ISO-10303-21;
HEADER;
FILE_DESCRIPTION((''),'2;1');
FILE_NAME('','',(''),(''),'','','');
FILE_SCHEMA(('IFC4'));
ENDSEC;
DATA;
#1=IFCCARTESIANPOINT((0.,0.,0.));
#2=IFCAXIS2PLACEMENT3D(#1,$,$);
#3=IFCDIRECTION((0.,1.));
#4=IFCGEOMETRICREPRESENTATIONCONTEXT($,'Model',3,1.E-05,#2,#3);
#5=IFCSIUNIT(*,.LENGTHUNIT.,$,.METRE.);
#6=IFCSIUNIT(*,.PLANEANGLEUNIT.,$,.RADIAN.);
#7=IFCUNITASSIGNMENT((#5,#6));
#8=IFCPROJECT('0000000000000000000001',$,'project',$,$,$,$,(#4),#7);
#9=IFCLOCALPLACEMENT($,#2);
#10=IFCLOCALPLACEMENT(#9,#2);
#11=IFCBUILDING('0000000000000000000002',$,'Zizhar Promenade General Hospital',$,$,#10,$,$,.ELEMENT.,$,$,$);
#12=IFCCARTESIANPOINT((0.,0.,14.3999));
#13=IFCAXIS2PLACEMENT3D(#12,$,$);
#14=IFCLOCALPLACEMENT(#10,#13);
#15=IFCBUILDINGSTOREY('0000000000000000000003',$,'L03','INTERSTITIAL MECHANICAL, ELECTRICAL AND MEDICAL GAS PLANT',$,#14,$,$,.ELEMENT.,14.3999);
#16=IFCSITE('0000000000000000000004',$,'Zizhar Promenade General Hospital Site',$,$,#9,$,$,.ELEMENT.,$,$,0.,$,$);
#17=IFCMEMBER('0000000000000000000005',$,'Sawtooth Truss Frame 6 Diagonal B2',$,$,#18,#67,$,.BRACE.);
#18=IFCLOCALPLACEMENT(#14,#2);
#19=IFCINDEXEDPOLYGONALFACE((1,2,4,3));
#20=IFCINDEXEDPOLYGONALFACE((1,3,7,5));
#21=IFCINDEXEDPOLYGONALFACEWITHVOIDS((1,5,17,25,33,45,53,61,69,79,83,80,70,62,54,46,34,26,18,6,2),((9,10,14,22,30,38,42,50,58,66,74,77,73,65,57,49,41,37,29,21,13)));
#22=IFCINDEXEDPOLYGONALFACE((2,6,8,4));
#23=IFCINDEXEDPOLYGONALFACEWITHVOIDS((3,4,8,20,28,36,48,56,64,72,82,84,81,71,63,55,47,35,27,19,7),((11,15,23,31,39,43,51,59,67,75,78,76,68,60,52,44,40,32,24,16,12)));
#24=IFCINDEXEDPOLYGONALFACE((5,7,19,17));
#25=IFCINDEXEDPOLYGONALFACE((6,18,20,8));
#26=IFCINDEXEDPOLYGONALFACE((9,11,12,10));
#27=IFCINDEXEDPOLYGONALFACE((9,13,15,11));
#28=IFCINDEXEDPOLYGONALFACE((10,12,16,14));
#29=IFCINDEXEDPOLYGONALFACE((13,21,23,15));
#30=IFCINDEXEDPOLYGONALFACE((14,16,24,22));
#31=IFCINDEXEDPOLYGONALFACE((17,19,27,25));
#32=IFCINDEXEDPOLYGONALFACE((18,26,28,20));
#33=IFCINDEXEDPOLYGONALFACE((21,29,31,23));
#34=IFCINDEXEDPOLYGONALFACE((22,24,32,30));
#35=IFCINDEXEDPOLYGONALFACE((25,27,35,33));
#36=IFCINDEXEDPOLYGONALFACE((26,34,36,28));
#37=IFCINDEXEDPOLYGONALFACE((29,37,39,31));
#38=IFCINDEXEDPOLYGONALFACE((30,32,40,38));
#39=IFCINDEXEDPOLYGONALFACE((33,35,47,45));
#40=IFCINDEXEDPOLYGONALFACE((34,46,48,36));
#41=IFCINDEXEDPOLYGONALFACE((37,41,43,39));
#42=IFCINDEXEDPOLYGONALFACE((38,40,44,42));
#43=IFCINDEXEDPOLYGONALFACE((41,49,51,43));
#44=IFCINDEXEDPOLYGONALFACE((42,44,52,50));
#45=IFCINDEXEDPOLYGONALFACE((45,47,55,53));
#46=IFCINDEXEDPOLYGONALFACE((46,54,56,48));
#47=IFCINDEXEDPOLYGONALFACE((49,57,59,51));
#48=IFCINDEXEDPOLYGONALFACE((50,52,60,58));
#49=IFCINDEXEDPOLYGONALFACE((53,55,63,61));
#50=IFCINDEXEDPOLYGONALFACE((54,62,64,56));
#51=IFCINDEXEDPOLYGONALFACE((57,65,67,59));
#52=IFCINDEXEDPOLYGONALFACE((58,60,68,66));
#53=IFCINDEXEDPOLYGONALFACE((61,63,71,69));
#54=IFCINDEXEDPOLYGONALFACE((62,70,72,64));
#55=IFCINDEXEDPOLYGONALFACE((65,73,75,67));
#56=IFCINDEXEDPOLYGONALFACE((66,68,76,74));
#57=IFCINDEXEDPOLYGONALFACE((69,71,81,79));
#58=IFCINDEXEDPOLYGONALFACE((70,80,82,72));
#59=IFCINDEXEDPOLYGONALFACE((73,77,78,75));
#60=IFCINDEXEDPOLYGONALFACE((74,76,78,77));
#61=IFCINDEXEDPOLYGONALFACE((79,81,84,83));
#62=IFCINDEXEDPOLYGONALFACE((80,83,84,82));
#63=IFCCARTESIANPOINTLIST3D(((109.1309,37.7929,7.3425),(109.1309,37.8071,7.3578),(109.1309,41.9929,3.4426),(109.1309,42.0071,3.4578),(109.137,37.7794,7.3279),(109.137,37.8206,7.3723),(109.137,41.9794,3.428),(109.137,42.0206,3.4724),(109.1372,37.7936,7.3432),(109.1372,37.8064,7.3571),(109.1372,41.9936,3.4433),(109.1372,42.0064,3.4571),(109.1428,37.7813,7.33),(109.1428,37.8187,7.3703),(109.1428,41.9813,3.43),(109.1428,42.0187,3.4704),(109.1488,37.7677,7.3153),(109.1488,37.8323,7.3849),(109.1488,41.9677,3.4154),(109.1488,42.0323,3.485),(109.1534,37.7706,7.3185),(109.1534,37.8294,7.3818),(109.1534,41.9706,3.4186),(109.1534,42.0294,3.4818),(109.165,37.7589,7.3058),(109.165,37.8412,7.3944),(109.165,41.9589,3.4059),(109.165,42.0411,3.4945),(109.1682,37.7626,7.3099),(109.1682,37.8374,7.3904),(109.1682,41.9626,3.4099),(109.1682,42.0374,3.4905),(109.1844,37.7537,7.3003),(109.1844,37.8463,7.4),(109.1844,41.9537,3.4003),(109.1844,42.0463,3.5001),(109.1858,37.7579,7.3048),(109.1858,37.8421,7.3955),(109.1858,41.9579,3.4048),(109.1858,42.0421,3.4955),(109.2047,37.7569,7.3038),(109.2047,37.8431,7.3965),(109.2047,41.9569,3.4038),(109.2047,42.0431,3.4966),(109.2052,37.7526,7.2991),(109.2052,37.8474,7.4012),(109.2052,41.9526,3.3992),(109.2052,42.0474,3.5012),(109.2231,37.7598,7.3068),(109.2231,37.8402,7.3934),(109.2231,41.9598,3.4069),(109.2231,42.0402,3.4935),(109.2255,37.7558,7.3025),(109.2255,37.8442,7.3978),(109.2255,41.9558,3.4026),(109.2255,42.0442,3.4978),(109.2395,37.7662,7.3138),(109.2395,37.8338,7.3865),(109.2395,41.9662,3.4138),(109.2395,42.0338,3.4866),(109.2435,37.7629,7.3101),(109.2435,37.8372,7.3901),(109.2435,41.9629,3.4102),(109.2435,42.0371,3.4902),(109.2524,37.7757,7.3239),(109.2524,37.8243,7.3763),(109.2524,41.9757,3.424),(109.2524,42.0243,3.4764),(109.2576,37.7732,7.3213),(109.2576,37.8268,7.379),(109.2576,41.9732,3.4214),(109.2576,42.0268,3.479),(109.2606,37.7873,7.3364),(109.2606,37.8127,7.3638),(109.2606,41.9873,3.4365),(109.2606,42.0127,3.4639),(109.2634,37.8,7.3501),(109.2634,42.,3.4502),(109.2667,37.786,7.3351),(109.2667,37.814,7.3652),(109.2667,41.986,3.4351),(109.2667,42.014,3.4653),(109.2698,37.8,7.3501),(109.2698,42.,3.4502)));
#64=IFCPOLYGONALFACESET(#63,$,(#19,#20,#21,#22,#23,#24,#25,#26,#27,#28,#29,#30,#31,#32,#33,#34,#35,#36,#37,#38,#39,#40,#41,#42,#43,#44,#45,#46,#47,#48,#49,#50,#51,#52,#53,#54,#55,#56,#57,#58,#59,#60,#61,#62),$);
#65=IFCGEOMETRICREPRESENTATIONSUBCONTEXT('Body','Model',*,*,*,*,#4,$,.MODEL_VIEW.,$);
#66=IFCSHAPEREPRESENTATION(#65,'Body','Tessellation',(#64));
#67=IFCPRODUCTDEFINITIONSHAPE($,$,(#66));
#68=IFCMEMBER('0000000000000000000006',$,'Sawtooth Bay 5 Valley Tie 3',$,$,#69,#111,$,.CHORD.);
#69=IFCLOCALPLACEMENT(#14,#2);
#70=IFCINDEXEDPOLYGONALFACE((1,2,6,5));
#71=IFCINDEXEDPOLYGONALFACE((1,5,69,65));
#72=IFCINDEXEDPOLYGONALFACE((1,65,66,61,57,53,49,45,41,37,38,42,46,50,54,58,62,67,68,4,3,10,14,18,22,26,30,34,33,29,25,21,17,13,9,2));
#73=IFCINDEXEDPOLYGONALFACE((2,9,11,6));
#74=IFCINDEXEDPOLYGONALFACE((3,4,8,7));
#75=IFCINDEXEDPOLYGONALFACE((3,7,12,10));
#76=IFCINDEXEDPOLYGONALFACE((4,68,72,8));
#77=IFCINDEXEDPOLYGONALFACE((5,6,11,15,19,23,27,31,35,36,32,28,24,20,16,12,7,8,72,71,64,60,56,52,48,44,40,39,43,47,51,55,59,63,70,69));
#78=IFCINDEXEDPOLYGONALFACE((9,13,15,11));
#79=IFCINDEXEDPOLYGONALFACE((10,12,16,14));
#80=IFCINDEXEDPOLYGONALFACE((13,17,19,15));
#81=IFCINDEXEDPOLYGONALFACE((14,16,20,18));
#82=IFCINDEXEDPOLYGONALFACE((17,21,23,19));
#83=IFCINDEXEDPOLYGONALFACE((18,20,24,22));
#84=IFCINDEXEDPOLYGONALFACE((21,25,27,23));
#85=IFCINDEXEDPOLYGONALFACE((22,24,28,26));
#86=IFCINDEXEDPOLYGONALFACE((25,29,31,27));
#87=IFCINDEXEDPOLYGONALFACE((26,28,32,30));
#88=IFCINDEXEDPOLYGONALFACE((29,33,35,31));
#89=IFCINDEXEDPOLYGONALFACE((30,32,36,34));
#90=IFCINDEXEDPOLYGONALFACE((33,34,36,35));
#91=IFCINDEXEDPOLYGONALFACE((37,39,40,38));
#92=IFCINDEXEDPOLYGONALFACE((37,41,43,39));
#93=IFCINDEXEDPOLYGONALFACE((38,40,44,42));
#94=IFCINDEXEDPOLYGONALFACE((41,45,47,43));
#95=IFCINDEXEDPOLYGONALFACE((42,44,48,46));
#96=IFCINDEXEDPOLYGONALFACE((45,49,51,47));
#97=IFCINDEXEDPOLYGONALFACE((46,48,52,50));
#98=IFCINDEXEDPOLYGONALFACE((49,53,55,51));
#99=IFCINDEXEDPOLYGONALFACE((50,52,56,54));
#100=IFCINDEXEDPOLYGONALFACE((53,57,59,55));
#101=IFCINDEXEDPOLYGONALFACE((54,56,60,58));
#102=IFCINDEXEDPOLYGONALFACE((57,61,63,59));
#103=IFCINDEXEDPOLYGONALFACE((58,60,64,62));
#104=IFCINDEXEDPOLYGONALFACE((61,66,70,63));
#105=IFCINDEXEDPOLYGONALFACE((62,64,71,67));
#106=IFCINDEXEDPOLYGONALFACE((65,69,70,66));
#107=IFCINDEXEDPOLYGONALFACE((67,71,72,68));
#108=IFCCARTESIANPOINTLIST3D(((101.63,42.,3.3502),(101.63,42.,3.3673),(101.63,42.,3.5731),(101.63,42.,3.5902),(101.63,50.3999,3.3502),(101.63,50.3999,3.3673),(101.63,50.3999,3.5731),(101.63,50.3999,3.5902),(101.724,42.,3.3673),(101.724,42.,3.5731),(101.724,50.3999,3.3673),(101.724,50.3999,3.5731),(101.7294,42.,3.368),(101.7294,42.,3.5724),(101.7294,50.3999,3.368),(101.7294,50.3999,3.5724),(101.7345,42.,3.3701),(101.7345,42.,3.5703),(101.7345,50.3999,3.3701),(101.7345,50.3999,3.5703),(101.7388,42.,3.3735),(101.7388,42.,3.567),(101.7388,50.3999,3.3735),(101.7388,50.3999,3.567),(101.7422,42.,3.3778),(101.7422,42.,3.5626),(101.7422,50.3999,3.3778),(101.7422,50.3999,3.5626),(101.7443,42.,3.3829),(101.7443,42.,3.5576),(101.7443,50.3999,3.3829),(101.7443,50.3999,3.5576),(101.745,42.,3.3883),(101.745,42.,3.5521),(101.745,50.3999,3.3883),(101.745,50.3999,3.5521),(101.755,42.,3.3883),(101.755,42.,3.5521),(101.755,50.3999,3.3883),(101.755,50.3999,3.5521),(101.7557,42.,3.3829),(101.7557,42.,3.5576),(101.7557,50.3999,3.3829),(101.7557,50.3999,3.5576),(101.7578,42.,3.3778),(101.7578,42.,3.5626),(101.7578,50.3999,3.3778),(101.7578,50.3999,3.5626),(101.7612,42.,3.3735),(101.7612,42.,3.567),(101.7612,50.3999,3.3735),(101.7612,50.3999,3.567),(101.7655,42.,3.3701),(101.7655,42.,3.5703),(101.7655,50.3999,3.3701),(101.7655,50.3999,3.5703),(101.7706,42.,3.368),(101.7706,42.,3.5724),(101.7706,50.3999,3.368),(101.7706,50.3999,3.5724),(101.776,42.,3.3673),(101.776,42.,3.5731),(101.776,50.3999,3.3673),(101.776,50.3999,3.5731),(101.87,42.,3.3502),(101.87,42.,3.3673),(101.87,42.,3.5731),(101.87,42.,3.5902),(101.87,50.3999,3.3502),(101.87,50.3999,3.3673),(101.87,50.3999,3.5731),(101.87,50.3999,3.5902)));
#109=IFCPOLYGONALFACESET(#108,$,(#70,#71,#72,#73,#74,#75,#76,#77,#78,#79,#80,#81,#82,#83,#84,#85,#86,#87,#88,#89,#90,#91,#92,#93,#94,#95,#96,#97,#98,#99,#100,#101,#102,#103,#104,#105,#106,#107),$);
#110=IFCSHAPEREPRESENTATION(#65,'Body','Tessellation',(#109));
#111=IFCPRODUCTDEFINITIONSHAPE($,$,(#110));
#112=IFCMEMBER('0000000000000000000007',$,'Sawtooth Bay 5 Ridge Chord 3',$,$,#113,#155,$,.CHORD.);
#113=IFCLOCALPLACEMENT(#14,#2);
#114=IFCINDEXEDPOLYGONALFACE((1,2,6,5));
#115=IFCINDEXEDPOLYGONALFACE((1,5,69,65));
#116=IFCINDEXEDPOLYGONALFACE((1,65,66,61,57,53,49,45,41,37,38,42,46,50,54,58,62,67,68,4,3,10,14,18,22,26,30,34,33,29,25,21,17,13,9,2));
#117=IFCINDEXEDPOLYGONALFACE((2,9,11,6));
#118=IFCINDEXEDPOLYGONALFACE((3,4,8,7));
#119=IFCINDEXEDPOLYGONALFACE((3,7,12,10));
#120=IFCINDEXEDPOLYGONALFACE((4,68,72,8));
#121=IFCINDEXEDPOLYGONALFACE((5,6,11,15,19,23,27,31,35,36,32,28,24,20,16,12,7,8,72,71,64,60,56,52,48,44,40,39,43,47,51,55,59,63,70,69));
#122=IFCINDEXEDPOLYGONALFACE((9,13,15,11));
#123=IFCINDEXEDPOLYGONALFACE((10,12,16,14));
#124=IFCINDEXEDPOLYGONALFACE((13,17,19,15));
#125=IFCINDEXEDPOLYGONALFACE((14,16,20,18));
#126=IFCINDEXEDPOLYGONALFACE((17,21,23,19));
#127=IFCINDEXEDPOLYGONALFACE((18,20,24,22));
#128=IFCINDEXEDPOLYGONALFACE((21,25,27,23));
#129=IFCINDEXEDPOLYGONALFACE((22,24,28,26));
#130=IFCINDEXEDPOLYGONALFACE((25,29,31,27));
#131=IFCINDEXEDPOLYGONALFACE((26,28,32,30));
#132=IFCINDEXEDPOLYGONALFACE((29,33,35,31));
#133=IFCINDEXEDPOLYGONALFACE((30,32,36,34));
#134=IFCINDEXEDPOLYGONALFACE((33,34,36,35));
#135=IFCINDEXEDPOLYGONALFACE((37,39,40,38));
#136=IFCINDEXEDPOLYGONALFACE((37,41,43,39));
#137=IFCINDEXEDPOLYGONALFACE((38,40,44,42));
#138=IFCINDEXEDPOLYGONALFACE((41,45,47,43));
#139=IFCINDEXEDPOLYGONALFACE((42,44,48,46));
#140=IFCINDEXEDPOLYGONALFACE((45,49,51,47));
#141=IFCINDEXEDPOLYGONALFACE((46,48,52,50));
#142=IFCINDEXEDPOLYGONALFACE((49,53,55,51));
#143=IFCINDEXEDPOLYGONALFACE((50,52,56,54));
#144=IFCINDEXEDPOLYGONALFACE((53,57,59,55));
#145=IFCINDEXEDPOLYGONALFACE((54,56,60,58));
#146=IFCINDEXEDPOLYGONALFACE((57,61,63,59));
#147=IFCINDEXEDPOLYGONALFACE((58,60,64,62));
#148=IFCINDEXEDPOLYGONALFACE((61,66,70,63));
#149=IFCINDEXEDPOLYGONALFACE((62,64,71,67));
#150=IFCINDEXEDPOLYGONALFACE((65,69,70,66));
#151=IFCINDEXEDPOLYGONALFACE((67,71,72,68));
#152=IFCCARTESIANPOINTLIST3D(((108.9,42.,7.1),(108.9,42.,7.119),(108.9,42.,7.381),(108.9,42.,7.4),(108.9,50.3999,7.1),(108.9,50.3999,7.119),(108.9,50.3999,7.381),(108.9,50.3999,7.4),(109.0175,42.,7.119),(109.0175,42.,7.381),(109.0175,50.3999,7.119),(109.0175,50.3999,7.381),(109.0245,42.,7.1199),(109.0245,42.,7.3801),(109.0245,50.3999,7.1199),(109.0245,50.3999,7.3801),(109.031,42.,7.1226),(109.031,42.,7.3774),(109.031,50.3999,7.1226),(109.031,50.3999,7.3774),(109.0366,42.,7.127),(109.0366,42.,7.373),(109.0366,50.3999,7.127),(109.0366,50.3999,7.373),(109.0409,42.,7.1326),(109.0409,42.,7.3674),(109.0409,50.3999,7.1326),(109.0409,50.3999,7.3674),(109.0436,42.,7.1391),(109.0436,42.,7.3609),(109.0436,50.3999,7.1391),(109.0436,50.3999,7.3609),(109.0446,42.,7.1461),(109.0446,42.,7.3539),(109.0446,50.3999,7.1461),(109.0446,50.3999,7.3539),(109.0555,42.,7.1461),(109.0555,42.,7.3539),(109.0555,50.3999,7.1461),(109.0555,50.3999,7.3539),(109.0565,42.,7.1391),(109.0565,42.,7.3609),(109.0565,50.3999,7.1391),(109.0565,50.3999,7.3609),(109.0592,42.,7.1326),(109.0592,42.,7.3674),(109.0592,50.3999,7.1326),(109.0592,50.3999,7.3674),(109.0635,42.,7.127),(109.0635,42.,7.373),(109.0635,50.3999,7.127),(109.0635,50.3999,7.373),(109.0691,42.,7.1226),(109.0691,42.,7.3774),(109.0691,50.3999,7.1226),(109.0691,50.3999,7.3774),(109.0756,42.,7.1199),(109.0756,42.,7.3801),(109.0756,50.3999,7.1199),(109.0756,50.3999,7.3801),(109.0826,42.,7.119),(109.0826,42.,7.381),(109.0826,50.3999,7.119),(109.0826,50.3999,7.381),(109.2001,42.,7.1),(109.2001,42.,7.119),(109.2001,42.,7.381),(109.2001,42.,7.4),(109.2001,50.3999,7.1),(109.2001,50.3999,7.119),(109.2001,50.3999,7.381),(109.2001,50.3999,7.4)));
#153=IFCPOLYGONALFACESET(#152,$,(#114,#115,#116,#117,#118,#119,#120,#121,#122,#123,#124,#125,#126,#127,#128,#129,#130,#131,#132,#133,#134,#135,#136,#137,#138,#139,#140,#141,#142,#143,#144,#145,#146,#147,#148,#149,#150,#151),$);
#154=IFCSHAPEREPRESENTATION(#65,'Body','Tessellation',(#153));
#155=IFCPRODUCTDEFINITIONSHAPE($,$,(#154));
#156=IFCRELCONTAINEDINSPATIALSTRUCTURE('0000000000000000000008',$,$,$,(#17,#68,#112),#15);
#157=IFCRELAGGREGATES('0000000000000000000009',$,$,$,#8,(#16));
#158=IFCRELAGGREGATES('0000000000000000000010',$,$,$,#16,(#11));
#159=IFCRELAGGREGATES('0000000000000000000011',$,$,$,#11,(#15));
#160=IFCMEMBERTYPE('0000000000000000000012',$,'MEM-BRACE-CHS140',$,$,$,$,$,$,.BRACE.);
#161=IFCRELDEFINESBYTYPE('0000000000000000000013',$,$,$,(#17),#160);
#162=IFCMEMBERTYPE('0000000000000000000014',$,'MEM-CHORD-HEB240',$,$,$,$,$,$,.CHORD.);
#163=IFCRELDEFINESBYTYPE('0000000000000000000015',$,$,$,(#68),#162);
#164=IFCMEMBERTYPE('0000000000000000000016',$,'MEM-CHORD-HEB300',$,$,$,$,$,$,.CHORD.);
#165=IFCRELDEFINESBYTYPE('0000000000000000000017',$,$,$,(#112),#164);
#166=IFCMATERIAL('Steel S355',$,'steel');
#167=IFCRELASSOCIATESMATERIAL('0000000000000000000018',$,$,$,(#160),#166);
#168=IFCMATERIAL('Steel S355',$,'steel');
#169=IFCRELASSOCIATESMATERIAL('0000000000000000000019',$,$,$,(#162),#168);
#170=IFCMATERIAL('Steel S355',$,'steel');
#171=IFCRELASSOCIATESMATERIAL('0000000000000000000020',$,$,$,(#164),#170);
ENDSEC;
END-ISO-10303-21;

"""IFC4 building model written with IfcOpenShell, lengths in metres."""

from ifc_helpers import new_model, si_unit, direction, frame, origin, origin_2d, place, context, subcontext, project, spatial, hollow_circle, i_section, extrude, material, material_profile, profile_set, type_object, element, save


model = new_model("IFC4")

# Units and contexts
model_context = context("Model", 3, precision=1e-05, world=origin(), true_north=direction((0.0, 1.0)))
body_context = subcontext(model_context, "Body", "Model", "MODEL_VIEW")
ifc_project = project(units=[si_unit("LENGTHUNIT", "METRE"), si_unit("PLANEANGLEUNIT", "RADIAN")], contexts=[model_context])

# Site, building, storey
site_placement = place(None, origin())
site = spatial("IfcSite", under=ifc_project, at=site_placement, Name="Zizhar Promenade General Hospital Site", CompositionType="ELEMENT", RefElevation=0.0)
building_placement = place(site_placement, origin())
building = spatial("IfcBuilding", under=site, at=building_placement, Name="Zizhar Promenade General Hospital", CompositionType="ELEMENT")
storey_placement = place(building_placement, frame((0.0, 0.0, 14.3999)))
storey = spatial("IfcBuildingStorey", under=building, at=storey_placement, Name="L03", Description="INTERSTITIAL MECHANICAL, ELECTRICAL AND MEDICAL GAS PLANT", CompositionType="ELEMENT", Elevation=14.3999)

# Members
ifc_material_1 = material(Name="Steel S355", Category="steel")
ifc_material_profile_1 = material_profile(ifc_material_1, hollow_circle(Radius=0.0698, WallThickness=0.0063, at=origin_2d()))
ifc_profile_set_1 = profile_set([ifc_material_profile_1], Name="Steel S355")
member_type_1 = type_object("IfcMemberType", Name="MEM-BRACE-CHS140", PredefinedType="BRACE", material=ifc_profile_set_1)
member_1_placement = place(storey_placement, frame((109.2, 42.0, 3.4502), z_axis=(0.0, -0.732798, 0.680446), x_axis=(1.0, 0.0, 0.0)))
element("IfcMember", 1, at=member_1_placement, inside=storey, type_object=member_type_1, Name="Sawtooth Truss Frame 6 Diagonal B2", PredefinedType="BRACE", context=body_context, shape_type="SweptSolid", body=[
    extrude(hollow_circle(Radius=0.0698, WallThickness=0.0063, at=origin_2d()), origin(), (0.0, 0.0, 1.0), 5.7314),
])
ifc_material_2 = material(Name="Steel S355", Category="steel")
ifc_material_profile_2 = material_profile(ifc_material_2, i_section(OverallWidth=0.24, OverallDepth=0.24, WebThickness=0.01, FlangeThickness=0.0171, FilletRadius=0.021, at=origin_2d()))
ifc_profile_set_2 = profile_set([ifc_material_profile_2], Name="Steel S355")
member_type_2 = type_object("IfcMemberType", Name="MEM-CHORD-HEB240", PredefinedType="CHORD", material=ifc_profile_set_2)
member_2_placement = place(storey_placement, frame((101.75, 42.0, 3.4702), z_axis=(0.0, 1.0, 0.0), x_axis=(-1.0, 0.0, 0.0)))
element("IfcMember", 2, at=member_2_placement, inside=storey, type_object=member_type_2, Name="Sawtooth Bay 5 Valley Tie 3", PredefinedType="CHORD", context=body_context, shape_type="SweptSolid", body=[
    extrude(i_section(OverallWidth=0.24, OverallDepth=0.24, WebThickness=0.01, FlangeThickness=0.0171, FilletRadius=0.021, at=origin_2d()), origin(), (0.0, 0.0, 1.0), 8.3999),
])
ifc_material_3 = material(Name="Steel S355", Category="steel")
ifc_material_profile_3 = material_profile(ifc_material_3, i_section(OverallWidth=0.3, OverallDepth=0.3, WebThickness=0.011, FlangeThickness=0.019, FilletRadius=0.0271, at=origin_2d()))
ifc_profile_set_3 = profile_set([ifc_material_profile_3], Name="Steel S355")
member_type_3 = type_object("IfcMemberType", Name="MEM-CHORD-HEB300", PredefinedType="CHORD", material=ifc_profile_set_3)
member_3_placement = place(storey_placement, frame((109.05, 42.0, 7.25), z_axis=(0.0, 1.0, 0.0), x_axis=(-1.0, 0.0, 0.0)))
element("IfcMember", 3, at=member_3_placement, inside=storey, type_object=member_type_3, Name="Sawtooth Bay 5 Ridge Chord 3", PredefinedType="CHORD", context=body_context, shape_type="SweptSolid", body=[
    extrude(i_section(OverallWidth=0.3, OverallDepth=0.3, WebThickness=0.011, FlangeThickness=0.019, FilletRadius=0.0271, at=origin_2d()), origin(), (0.0, 0.0, 1.0), 8.3999),
])

save(model, "model.ifc")
